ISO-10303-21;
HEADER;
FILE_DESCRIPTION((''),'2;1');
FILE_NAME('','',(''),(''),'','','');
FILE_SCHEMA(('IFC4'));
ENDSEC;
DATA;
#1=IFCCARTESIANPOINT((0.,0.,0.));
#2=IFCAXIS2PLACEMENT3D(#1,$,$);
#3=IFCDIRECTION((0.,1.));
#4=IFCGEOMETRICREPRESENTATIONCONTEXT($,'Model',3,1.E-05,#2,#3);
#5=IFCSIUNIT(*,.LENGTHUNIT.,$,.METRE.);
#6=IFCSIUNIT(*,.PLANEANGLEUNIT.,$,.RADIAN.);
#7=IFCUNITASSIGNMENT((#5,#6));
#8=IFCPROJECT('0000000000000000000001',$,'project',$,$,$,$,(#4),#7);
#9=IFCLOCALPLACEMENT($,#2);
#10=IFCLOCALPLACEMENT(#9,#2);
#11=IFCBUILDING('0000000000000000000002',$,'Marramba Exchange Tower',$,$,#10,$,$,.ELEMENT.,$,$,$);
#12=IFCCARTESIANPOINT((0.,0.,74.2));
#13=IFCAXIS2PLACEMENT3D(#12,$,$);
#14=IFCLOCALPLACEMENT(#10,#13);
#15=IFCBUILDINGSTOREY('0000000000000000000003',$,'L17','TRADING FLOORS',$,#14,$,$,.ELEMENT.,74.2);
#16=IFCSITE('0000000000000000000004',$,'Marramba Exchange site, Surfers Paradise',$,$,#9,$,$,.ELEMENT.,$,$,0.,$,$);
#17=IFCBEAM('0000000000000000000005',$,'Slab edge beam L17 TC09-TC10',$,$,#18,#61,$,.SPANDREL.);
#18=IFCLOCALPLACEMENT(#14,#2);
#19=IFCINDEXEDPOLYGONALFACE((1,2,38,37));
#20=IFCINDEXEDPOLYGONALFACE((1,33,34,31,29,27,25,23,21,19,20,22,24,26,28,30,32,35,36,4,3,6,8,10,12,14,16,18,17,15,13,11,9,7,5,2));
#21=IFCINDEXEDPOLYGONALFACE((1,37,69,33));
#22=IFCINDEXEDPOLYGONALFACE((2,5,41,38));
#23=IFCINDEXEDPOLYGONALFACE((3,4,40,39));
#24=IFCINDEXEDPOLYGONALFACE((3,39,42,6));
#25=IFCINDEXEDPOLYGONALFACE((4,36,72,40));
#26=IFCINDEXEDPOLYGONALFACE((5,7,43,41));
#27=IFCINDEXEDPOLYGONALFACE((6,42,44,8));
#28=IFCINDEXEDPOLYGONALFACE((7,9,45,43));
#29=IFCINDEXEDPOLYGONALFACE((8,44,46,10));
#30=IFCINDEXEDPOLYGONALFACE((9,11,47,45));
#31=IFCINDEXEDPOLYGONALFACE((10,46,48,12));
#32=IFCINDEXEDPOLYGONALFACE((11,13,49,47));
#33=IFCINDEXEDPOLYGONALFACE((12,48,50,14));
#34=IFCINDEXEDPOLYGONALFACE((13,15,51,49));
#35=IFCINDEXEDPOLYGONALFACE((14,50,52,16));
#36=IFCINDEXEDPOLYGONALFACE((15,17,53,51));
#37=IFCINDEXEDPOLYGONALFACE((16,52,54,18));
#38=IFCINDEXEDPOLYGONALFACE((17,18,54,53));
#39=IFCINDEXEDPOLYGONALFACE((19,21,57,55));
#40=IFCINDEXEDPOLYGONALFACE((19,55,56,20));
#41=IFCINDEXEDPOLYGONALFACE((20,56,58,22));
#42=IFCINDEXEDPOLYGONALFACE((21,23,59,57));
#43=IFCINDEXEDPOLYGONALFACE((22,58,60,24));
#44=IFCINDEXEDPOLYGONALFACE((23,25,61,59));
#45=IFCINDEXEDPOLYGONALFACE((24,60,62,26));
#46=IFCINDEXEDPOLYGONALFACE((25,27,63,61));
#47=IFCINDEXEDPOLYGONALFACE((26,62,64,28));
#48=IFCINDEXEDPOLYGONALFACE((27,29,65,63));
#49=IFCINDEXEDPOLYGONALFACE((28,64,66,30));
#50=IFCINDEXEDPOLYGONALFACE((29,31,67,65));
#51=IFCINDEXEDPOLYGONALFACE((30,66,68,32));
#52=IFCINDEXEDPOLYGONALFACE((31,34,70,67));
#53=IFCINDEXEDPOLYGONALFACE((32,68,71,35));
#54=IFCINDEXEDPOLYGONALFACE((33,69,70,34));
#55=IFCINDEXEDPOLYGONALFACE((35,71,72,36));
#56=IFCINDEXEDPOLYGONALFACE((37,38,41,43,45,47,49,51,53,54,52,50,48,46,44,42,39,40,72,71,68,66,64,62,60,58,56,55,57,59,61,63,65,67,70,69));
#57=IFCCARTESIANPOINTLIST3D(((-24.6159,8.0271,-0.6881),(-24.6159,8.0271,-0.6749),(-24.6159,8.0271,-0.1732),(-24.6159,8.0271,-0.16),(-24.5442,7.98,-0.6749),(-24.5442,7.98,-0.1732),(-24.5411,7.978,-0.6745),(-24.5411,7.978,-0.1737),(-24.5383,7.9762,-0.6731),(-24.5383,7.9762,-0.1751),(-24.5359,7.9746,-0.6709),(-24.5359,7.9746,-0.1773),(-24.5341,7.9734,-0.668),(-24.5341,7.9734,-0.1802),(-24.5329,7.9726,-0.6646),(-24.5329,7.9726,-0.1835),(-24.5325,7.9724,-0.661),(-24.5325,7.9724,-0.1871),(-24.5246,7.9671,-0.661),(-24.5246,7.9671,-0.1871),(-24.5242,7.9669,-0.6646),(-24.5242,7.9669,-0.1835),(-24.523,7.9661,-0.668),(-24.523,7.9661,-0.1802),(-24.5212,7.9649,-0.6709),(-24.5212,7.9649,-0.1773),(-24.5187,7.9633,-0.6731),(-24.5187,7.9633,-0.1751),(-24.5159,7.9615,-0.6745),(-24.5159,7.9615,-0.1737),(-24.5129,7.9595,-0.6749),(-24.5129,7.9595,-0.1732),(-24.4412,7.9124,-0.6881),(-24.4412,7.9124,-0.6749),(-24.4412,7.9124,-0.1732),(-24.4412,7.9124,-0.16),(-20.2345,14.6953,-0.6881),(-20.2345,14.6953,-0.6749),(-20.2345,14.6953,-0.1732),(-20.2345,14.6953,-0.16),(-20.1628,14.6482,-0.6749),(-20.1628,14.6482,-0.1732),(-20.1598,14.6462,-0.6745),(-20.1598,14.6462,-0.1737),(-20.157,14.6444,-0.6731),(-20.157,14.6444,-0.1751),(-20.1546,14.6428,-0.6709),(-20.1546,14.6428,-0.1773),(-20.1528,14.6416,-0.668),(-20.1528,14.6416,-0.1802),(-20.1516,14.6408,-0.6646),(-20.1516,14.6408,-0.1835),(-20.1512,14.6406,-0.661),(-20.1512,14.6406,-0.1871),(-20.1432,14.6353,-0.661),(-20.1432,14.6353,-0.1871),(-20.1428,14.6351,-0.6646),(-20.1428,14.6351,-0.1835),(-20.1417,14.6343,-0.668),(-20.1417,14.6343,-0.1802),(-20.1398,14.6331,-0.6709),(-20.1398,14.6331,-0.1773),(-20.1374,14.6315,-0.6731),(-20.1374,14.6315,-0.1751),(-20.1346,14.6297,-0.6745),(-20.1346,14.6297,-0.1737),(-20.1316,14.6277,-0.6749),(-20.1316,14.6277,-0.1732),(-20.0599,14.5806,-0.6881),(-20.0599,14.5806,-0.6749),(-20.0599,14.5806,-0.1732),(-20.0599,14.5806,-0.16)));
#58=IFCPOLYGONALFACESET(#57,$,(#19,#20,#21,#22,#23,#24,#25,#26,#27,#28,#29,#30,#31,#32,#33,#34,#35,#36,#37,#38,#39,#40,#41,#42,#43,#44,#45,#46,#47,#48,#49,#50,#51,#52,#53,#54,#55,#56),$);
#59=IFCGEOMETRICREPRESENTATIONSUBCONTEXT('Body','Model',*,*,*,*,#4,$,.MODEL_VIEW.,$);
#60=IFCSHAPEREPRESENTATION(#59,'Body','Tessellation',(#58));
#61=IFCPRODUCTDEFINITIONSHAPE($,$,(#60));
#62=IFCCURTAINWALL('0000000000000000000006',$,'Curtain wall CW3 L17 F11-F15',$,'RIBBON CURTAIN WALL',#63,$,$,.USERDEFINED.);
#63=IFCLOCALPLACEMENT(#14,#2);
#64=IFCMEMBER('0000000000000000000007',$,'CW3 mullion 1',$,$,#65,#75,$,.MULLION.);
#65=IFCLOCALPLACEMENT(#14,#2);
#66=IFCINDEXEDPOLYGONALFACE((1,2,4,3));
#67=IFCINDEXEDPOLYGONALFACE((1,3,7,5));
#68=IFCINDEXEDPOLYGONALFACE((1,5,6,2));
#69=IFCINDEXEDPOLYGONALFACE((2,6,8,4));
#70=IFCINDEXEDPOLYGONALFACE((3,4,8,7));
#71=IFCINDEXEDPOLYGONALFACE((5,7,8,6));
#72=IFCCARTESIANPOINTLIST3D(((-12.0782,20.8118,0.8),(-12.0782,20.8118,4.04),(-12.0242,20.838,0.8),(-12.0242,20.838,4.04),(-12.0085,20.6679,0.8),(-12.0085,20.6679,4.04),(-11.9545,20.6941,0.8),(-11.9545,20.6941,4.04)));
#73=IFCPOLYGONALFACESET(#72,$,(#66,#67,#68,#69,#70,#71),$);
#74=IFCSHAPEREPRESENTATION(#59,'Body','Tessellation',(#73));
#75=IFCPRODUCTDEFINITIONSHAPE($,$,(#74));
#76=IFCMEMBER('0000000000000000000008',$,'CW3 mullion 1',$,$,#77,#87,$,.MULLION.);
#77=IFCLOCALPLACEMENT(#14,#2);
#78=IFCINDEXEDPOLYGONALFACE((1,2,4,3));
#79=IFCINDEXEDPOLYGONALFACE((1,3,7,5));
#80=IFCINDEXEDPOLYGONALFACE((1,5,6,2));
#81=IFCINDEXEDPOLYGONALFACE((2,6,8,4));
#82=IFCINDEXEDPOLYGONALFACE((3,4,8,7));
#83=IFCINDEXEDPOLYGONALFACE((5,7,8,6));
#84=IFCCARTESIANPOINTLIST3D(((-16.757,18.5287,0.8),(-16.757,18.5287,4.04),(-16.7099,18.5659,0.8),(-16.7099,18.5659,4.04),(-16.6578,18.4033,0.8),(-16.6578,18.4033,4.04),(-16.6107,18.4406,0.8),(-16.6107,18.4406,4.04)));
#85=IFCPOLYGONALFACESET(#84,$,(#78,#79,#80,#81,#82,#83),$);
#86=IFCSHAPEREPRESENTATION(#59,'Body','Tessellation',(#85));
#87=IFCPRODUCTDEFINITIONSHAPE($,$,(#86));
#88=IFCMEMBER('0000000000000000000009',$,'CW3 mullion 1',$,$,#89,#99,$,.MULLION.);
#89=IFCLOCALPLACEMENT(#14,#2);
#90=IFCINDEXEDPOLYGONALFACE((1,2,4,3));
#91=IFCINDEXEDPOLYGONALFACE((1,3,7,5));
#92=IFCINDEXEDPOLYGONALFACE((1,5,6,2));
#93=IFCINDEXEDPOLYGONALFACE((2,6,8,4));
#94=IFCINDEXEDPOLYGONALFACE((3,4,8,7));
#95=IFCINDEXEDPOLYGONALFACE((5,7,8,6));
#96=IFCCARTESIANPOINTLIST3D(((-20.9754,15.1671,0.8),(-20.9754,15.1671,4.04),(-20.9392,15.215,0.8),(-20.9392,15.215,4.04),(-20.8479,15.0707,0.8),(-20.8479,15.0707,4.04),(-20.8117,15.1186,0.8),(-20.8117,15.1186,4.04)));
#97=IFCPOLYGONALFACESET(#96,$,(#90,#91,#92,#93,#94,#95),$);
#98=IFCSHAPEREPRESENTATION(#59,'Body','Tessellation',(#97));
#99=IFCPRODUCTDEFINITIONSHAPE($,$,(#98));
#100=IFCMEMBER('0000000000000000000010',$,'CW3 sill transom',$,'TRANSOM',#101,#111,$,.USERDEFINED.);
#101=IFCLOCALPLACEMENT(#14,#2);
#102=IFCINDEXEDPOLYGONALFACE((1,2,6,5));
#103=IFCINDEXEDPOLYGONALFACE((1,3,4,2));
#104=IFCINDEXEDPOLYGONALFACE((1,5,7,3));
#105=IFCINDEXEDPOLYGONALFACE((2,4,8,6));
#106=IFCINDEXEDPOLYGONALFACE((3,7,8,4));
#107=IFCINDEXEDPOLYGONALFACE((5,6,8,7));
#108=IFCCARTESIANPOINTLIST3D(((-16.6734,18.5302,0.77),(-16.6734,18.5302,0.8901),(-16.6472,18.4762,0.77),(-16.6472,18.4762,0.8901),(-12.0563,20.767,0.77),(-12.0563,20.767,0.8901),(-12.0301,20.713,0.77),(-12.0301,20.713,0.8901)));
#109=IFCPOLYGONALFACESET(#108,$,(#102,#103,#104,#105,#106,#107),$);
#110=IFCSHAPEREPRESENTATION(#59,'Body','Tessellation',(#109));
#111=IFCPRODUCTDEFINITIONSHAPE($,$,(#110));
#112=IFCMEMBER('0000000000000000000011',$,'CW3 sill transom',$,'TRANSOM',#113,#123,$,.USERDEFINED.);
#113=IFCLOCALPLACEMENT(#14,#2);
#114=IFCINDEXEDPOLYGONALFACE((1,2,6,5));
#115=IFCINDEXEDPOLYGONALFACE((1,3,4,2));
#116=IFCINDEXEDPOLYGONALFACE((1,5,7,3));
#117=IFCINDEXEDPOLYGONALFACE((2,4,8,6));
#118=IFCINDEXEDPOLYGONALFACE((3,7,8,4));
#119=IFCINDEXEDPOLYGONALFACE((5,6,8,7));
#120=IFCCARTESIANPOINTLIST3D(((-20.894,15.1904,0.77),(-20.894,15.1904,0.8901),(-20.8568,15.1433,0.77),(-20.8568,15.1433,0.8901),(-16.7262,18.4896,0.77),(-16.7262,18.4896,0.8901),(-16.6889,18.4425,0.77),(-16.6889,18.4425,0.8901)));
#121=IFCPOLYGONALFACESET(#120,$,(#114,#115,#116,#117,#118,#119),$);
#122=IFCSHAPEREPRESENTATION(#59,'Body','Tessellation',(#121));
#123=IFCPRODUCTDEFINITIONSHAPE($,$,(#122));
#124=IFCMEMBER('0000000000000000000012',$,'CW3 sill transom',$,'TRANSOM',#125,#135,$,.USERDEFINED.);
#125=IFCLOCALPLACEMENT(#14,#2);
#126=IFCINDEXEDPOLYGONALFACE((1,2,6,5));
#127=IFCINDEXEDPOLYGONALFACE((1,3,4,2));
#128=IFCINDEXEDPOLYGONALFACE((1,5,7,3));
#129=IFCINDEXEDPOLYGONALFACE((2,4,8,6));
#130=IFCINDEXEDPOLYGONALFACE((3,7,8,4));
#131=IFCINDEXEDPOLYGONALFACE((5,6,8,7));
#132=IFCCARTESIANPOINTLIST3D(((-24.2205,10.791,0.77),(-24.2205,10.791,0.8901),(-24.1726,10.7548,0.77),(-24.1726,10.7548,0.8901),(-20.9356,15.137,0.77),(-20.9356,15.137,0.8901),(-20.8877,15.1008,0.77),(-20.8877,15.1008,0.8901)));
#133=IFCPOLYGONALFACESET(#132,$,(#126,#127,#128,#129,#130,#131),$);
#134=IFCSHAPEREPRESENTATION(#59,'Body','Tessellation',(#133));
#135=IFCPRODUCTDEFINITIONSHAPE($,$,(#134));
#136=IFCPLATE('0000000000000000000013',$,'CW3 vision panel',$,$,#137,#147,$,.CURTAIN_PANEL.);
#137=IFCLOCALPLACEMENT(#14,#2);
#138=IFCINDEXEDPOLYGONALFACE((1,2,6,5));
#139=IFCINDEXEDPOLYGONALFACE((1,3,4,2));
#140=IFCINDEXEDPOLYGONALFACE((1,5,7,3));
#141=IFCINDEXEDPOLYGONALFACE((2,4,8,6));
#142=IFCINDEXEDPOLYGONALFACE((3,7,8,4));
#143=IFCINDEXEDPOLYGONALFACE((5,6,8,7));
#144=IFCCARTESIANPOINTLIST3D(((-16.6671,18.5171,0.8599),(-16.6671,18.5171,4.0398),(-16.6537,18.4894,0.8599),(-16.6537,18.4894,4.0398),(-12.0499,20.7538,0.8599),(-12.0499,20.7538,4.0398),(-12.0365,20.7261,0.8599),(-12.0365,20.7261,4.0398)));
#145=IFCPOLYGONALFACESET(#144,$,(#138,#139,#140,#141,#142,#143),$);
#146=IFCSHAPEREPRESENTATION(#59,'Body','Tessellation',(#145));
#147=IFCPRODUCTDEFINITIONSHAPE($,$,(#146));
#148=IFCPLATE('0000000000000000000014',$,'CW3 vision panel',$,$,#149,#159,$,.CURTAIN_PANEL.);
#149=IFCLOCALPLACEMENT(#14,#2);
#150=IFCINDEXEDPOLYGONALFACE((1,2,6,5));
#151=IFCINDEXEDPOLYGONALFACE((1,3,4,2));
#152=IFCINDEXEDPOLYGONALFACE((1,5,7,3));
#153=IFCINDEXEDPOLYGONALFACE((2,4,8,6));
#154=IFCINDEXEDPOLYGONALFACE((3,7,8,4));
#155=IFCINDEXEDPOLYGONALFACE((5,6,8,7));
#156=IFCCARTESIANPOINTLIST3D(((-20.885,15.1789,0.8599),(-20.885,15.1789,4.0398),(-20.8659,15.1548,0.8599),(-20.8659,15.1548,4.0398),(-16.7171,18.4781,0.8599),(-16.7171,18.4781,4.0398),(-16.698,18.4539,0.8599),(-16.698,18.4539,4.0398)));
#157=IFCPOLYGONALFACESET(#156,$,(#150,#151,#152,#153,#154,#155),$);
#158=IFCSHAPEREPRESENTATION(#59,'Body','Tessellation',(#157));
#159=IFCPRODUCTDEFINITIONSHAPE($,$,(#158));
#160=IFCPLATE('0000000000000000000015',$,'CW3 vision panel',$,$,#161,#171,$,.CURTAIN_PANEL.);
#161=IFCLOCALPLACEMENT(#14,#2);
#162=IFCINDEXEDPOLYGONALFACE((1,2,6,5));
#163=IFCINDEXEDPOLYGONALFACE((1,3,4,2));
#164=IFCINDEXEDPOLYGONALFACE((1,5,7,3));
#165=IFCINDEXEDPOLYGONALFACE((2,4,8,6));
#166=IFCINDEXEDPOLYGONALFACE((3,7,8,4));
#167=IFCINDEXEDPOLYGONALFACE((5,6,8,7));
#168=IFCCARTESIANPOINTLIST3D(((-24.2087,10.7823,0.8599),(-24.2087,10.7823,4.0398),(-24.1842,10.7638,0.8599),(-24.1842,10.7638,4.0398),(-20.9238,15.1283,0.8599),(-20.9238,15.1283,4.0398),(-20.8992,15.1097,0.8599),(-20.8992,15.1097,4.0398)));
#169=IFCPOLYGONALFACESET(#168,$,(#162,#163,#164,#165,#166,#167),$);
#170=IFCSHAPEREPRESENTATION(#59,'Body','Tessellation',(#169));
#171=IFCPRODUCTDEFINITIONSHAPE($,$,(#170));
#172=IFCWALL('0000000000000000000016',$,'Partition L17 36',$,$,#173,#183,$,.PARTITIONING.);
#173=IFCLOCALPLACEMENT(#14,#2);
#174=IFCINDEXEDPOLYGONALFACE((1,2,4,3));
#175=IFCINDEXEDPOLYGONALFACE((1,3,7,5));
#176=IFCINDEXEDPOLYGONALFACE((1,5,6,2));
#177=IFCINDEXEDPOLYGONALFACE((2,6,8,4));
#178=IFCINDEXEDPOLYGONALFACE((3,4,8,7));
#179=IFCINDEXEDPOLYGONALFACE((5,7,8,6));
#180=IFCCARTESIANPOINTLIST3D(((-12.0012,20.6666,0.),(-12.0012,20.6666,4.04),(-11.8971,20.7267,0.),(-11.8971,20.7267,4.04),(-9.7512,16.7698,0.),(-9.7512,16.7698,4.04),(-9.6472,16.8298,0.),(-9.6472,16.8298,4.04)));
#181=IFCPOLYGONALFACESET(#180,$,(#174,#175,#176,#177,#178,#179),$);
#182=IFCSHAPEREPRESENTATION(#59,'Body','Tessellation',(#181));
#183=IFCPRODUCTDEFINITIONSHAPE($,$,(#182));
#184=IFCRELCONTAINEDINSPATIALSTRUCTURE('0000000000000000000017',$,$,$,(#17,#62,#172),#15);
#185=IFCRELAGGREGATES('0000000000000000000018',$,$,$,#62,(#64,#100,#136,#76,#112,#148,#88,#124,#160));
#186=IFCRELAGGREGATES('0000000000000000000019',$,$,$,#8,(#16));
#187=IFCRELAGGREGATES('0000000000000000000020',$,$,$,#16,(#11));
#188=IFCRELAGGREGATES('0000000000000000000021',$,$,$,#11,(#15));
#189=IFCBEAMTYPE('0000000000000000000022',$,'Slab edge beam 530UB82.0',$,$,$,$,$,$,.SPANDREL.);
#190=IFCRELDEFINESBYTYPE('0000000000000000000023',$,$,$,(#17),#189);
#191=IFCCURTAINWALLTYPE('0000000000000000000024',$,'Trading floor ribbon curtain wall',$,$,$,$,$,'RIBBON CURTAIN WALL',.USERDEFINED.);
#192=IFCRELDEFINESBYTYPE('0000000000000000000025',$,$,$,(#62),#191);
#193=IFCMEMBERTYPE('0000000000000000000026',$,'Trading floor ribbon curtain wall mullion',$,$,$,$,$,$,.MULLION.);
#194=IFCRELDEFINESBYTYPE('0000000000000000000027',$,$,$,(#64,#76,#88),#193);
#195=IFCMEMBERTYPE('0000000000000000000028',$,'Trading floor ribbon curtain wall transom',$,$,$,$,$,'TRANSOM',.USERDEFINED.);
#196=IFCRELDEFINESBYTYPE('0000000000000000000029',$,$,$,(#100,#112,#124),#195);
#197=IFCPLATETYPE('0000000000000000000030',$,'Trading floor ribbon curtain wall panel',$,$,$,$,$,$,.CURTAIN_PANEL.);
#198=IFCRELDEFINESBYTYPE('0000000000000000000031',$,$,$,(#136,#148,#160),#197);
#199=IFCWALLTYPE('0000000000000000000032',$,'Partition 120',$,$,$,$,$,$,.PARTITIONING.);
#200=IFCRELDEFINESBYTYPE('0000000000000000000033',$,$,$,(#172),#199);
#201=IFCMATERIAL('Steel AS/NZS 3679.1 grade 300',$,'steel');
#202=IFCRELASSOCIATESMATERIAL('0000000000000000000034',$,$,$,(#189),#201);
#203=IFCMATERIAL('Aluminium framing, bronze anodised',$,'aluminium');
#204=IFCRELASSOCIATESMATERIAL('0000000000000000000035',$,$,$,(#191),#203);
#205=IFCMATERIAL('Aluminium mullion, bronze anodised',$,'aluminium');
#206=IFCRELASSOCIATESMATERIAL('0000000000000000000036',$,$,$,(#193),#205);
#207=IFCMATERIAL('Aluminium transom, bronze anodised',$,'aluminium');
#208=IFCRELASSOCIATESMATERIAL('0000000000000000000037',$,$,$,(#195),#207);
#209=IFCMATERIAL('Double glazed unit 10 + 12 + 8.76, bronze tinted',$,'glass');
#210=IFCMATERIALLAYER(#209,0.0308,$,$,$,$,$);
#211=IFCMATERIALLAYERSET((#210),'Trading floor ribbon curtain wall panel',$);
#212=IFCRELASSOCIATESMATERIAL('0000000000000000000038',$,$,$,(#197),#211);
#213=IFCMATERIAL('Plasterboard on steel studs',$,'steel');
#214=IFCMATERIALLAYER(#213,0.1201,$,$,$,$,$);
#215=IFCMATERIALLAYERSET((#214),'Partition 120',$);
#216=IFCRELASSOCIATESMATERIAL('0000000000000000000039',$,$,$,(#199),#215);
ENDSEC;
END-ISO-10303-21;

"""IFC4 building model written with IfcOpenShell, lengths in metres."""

from ifc_helpers import new_model, si_unit, direction, frame, frame_2d, origin, origin_2d, place, context, subcontext, project, spatial, rectangle, i_section, extrude, material, layer, layer_set, material_profile, profile_set, type_object, element, aggregate, save


model = new_model("IFC4")

# Units and contexts
model_context = context("Model", 3, precision=1e-05, world=origin(), true_north=direction((0.0, 1.0)))
body_context = subcontext(model_context, "Body", "Model", "MODEL_VIEW")
ifc_project = project(units=[si_unit("LENGTHUNIT", "METRE"), si_unit("PLANEANGLEUNIT", "RADIAN")], contexts=[model_context])

# Site, building, storey
site_placement = place(None, origin())
site = spatial("IfcSite", under=ifc_project, at=site_placement, Name="Marramba Exchange site, Surfers Paradise", CompositionType="ELEMENT", RefElevation=0.0)
building_placement = place(site_placement, origin())
building = spatial("IfcBuilding", under=site, at=building_placement, Name="Marramba Exchange Tower", CompositionType="ELEMENT")
storey_placement = place(building_placement, frame((0.0, 0.0, 74.2)))
storey = spatial("IfcBuildingStorey", under=building, at=storey_placement, Name="L17", Description="TRADING FLOORS", CompositionType="ELEMENT", Elevation=74.2)

# Beam
ifc_material_1 = material(Name="Steel AS/NZS 3679.1 grade 300", Category="steel")
ifc_material_profile_1 = material_profile(ifc_material_1, i_section(OverallWidth=0.209, OverallDepth=0.5281, WebThickness=0.0095, FlangeThickness=0.0132, FilletRadius=0.0139, at=origin_2d()), Name="530UB82.0")
ifc_profile_set_1 = profile_set([ifc_material_profile_1], Name="Steel AS/NZS 3679.1 grade 300")
beam_type_1 = type_object("IfcBeamType", Name="Slab edge beam 530UB82.0", PredefinedType="SPANDREL", material=ifc_profile_set_1)
beam_1_placement = place(storey_placement, frame((-20.1472, 14.6379, -0.4241), z_axis=(-0.549124, -0.835741, 0.0), x_axis=(0.835741, -0.549124, 0.0)))
element("IfcBeam", 1, at=beam_1_placement, inside=storey, type_object=beam_type_1, Name="Slab edge beam L17 TC09-TC10", PredefinedType="SPANDREL", context=body_context, shape_type="SweptSolid", body=[
    extrude(i_section(OverallWidth=0.209, OverallDepth=0.5281, WebThickness=0.0095, FlangeThickness=0.0132, FilletRadius=0.0139, at=origin_2d()), origin(), (0.0, 0.0, 1.0), 7.9788),
])

# Curtain wall, members, plates
ifc_material_2 = material(Name="Aluminium framing, bronze anodised", Category="aluminium")
curtain_wall_type = type_object("IfcCurtainWallType", Name="Trading floor ribbon curtain wall", ElementType="RIBBON CURTAIN WALL", PredefinedType="USERDEFINED", material=ifc_material_2)
curtain_wall_placement = place(storey_placement, origin())
curtain_wall = element("IfcCurtainWall", 2, at=curtain_wall_placement, inside=storey, type_object=curtain_wall_type, Name="Curtain wall CW3 L17 F11-F15", ObjectType="RIBBON CURTAIN WALL", PredefinedType="USERDEFINED")
ifc_material_3 = material(Name="Aluminium mullion, bronze anodised", Category="aluminium")
ifc_material_profile_2 = material_profile(ifc_material_3, rectangle(XDim=0.1599, YDim=0.0601, at=origin_2d()), Name="CW3 mullion 60x160")
ifc_profile_set_2 = profile_set([ifc_material_profile_2], Name="Aluminium mullion, bronze anodised")
member_type_1 = type_object("IfcMemberType", Name="Trading floor ribbon curtain wall mullion", PredefinedType="MULLION", material=ifc_profile_set_2)
member_1_placement = place(storey_placement, frame((-12.0164, 20.7529, 0.8), z_axis=(0.0, 0.0, 1.0), x_axis=(0.435965, -0.899963, 0.0)))
member_1 = element("IfcMember", 3, at=member_1_placement, type_object=member_type_1, Name="CW3 mullion 1", PredefinedType="MULLION", context=body_context, shape_type="SweptSolid", body=[
    extrude(rectangle(XDim=0.1599, YDim=0.0601, at=origin_2d()), origin(), (0.0, 0.0, 1.0), 3.24),
])
member_2_placement = place(storey_placement, frame((-16.6838, 18.4846, 0.8), z_axis=(0.0, 0.0, 1.0), x_axis=(0.62065, -0.784088, 0.0)))
member_2 = element("IfcMember", 4, at=member_2_placement, type_object=member_type_1, Name="CW3 mullion 1", PredefinedType="MULLION", context=body_context, shape_type="SweptSolid", body=[
    extrude(rectangle(XDim=0.1599, YDim=0.0601, at=origin_2d()), origin(), (0.0, 0.0, 1.0), 3.24),
])
member_3_placement = place(storey_placement, frame((-20.8936, 15.1428, 0.8), z_axis=(0.0, 0.0, 1.0), x_axis=(0.797749, -0.60299, 0.0)))
member_3 = element("IfcMember", 5, at=member_3_placement, type_object=member_type_1, Name="CW3 mullion 1", PredefinedType="MULLION", context=body_context, shape_type="SweptSolid", body=[
    extrude(rectangle(XDim=0.1599, YDim=0.0601, at=origin_2d()), origin(), (0.0, 0.0, 1.0), 3.24),
])
ifc_material_4 = material(Name="Aluminium transom, bronze anodised", Category="aluminium")
ifc_material_profile_3 = material_profile(ifc_material_4, rectangle(XDim=0.0601, YDim=0.1201, at=origin_2d()), Name="CW3 transom 60x120")
ifc_profile_set_3 = profile_set([ifc_material_profile_3], Name="Aluminium transom, bronze anodised")
member_type_2 = type_object("IfcMemberType", Name="Trading floor ribbon curtain wall transom", ElementType="TRANSOM", PredefinedType="USERDEFINED", material=ifc_profile_set_3)
member_4_placement = place(storey_placement, frame((-12.0432, 20.74, 0.8301), z_axis=(-0.899953, -0.435986, 0.0), x_axis=(0.435986, -0.899953, 0.0)))
member_4 = element("IfcMember", 6, at=member_4_placement, type_object=member_type_2, Name="CW3 sill transom", ObjectType="TRANSOM", PredefinedType="USERDEFINED", context=body_context, shape_type="SweptSolid", body=[
    extrude(rectangle(XDim=0.0601, YDim=0.1201, at=origin_2d()), origin(), (0.0, 0.0, 1.0), 5.1304),
])
member_5_placement = place(storey_placement, frame((-16.7075, 18.4661, 0.8301), z_axis=(-0.784076, -0.620665, 0.0), x_axis=(0.620665, -0.784076, 0.0)))
member_5 = element("IfcMember", 7, at=member_5_placement, type_object=member_type_2, Name="CW3 sill transom", ObjectType="TRANSOM", PredefinedType="USERDEFINED", context=body_context, shape_type="SweptSolid", body=[
    extrude(rectangle(XDim=0.0601, YDim=0.1201, at=origin_2d()), origin(), (0.0, 0.0, 1.0), 5.3157),
])
member_6_placement = place(storey_placement, frame((-20.9116, 15.1189, 0.8301), z_axis=(-0.602986, -0.797752, 0.0), x_axis=(0.797752, -0.602986, 0.0)))
member_6 = element("IfcMember", 8, at=member_6_placement, type_object=member_type_2, Name="CW3 sill transom", ObjectType="TRANSOM", PredefinedType="USERDEFINED", context=body_context, shape_type="SweptSolid", body=[
    extrude(rectangle(XDim=0.0601, YDim=0.1201, at=origin_2d()), origin(), (0.0, 0.0, 1.0), 5.4478),
])
ifc_material_5 = material(Name="Double glazed unit 10 + 12 + 8.76, bronze tinted", Category="glass")
ifc_layer_1 = layer(ifc_material_5, 0.0308)
ifc_layer_set_1 = layer_set([ifc_layer_1], Name="Trading floor ribbon curtain wall panel")
plate_type = type_object("IfcPlateType", Name="Trading floor ribbon curtain wall panel", PredefinedType="CURTAIN_PANEL", material=ifc_layer_set_1)
plate_1_placement = place(storey_placement, frame((-14.3518, 19.6216, 0.8599), z_axis=(0.0, 0.0, 1.0), x_axis=(-0.899963, -0.435965, 0.0)))
plate_1 = element("IfcPlate", 9, at=plate_1_placement, type_object=plate_type, Name="CW3 vision panel", PredefinedType="CURTAIN_PANEL", context=body_context, shape_type="SweptSolid", body=[
    extrude(rectangle(XDim=5.1304, YDim=0.0308, at=origin_2d()), origin(), (0.0, 0.0, 1.0), 3.1799),
])
plate_2_placement = place(storey_placement, frame((-18.7915, 16.8164, 0.8599), z_axis=(0.0, 0.0, 1.0), x_axis=(-0.784088, -0.62065, 0.0)))
plate_2 = element("IfcPlate", 10, at=plate_2_placement, type_object=plate_type, Name="CW3 vision panel", PredefinedType="CURTAIN_PANEL", context=body_context, shape_type="SweptSolid", body=[
    extrude(rectangle(XDim=5.3157, YDim=0.0308, at=origin_2d()), origin(), (0.0, 0.0, 1.0), 3.1799),
])
plate_3_placement = place(storey_placement, frame((-22.554, 12.946, 0.8599), z_axis=(0.0, 0.0, 1.0), x_axis=(-0.60299, -0.797749, 0.0)))
plate_3 = element("IfcPlate", 11, at=plate_3_placement, type_object=plate_type, Name="CW3 vision panel", PredefinedType="CURTAIN_PANEL", context=body_context, shape_type="SweptSolid", body=[
    extrude(rectangle(XDim=5.4478, YDim=0.0308, at=origin_2d()), origin(), (0.0, 0.0, 1.0), 3.1799),
])
aggregate(curtain_wall, [member_1, member_4, plate_1, member_2, member_5, plate_2, member_3, member_6, plate_3])

# Wall
ifc_material_6 = material(Name="Plasterboard on steel studs", Category="steel")
ifc_layer_2 = layer(ifc_material_6, 0.1201)
ifc_layer_set_2 = layer_set([ifc_layer_2], Name="Partition 120")
wall_type_1 = type_object("IfcWallType", Name="Partition 120", PredefinedType="PARTITIONING", material=ifc_layer_set_2)
wall_1_placement = place(storey_placement, frame((-11.9492, 20.6968, 0.0), z_axis=(0.0, 0.0, 1.0), x_axis=(0.500014, -0.866018, 0.0)))
element("IfcWall", 12, at=wall_1_placement, inside=storey, type_object=wall_type_1, Name="Partition L17 36", PredefinedType="PARTITIONING", context=body_context, shape_type="SweptSolid", body=[
    extrude(rectangle(XDim=4.4998, YDim=0.1201, at=frame_2d((2.25, 0.0))), origin(), (0.0, 0.0, 1.0), 4.04),
])

save(model, "model.ifc")
